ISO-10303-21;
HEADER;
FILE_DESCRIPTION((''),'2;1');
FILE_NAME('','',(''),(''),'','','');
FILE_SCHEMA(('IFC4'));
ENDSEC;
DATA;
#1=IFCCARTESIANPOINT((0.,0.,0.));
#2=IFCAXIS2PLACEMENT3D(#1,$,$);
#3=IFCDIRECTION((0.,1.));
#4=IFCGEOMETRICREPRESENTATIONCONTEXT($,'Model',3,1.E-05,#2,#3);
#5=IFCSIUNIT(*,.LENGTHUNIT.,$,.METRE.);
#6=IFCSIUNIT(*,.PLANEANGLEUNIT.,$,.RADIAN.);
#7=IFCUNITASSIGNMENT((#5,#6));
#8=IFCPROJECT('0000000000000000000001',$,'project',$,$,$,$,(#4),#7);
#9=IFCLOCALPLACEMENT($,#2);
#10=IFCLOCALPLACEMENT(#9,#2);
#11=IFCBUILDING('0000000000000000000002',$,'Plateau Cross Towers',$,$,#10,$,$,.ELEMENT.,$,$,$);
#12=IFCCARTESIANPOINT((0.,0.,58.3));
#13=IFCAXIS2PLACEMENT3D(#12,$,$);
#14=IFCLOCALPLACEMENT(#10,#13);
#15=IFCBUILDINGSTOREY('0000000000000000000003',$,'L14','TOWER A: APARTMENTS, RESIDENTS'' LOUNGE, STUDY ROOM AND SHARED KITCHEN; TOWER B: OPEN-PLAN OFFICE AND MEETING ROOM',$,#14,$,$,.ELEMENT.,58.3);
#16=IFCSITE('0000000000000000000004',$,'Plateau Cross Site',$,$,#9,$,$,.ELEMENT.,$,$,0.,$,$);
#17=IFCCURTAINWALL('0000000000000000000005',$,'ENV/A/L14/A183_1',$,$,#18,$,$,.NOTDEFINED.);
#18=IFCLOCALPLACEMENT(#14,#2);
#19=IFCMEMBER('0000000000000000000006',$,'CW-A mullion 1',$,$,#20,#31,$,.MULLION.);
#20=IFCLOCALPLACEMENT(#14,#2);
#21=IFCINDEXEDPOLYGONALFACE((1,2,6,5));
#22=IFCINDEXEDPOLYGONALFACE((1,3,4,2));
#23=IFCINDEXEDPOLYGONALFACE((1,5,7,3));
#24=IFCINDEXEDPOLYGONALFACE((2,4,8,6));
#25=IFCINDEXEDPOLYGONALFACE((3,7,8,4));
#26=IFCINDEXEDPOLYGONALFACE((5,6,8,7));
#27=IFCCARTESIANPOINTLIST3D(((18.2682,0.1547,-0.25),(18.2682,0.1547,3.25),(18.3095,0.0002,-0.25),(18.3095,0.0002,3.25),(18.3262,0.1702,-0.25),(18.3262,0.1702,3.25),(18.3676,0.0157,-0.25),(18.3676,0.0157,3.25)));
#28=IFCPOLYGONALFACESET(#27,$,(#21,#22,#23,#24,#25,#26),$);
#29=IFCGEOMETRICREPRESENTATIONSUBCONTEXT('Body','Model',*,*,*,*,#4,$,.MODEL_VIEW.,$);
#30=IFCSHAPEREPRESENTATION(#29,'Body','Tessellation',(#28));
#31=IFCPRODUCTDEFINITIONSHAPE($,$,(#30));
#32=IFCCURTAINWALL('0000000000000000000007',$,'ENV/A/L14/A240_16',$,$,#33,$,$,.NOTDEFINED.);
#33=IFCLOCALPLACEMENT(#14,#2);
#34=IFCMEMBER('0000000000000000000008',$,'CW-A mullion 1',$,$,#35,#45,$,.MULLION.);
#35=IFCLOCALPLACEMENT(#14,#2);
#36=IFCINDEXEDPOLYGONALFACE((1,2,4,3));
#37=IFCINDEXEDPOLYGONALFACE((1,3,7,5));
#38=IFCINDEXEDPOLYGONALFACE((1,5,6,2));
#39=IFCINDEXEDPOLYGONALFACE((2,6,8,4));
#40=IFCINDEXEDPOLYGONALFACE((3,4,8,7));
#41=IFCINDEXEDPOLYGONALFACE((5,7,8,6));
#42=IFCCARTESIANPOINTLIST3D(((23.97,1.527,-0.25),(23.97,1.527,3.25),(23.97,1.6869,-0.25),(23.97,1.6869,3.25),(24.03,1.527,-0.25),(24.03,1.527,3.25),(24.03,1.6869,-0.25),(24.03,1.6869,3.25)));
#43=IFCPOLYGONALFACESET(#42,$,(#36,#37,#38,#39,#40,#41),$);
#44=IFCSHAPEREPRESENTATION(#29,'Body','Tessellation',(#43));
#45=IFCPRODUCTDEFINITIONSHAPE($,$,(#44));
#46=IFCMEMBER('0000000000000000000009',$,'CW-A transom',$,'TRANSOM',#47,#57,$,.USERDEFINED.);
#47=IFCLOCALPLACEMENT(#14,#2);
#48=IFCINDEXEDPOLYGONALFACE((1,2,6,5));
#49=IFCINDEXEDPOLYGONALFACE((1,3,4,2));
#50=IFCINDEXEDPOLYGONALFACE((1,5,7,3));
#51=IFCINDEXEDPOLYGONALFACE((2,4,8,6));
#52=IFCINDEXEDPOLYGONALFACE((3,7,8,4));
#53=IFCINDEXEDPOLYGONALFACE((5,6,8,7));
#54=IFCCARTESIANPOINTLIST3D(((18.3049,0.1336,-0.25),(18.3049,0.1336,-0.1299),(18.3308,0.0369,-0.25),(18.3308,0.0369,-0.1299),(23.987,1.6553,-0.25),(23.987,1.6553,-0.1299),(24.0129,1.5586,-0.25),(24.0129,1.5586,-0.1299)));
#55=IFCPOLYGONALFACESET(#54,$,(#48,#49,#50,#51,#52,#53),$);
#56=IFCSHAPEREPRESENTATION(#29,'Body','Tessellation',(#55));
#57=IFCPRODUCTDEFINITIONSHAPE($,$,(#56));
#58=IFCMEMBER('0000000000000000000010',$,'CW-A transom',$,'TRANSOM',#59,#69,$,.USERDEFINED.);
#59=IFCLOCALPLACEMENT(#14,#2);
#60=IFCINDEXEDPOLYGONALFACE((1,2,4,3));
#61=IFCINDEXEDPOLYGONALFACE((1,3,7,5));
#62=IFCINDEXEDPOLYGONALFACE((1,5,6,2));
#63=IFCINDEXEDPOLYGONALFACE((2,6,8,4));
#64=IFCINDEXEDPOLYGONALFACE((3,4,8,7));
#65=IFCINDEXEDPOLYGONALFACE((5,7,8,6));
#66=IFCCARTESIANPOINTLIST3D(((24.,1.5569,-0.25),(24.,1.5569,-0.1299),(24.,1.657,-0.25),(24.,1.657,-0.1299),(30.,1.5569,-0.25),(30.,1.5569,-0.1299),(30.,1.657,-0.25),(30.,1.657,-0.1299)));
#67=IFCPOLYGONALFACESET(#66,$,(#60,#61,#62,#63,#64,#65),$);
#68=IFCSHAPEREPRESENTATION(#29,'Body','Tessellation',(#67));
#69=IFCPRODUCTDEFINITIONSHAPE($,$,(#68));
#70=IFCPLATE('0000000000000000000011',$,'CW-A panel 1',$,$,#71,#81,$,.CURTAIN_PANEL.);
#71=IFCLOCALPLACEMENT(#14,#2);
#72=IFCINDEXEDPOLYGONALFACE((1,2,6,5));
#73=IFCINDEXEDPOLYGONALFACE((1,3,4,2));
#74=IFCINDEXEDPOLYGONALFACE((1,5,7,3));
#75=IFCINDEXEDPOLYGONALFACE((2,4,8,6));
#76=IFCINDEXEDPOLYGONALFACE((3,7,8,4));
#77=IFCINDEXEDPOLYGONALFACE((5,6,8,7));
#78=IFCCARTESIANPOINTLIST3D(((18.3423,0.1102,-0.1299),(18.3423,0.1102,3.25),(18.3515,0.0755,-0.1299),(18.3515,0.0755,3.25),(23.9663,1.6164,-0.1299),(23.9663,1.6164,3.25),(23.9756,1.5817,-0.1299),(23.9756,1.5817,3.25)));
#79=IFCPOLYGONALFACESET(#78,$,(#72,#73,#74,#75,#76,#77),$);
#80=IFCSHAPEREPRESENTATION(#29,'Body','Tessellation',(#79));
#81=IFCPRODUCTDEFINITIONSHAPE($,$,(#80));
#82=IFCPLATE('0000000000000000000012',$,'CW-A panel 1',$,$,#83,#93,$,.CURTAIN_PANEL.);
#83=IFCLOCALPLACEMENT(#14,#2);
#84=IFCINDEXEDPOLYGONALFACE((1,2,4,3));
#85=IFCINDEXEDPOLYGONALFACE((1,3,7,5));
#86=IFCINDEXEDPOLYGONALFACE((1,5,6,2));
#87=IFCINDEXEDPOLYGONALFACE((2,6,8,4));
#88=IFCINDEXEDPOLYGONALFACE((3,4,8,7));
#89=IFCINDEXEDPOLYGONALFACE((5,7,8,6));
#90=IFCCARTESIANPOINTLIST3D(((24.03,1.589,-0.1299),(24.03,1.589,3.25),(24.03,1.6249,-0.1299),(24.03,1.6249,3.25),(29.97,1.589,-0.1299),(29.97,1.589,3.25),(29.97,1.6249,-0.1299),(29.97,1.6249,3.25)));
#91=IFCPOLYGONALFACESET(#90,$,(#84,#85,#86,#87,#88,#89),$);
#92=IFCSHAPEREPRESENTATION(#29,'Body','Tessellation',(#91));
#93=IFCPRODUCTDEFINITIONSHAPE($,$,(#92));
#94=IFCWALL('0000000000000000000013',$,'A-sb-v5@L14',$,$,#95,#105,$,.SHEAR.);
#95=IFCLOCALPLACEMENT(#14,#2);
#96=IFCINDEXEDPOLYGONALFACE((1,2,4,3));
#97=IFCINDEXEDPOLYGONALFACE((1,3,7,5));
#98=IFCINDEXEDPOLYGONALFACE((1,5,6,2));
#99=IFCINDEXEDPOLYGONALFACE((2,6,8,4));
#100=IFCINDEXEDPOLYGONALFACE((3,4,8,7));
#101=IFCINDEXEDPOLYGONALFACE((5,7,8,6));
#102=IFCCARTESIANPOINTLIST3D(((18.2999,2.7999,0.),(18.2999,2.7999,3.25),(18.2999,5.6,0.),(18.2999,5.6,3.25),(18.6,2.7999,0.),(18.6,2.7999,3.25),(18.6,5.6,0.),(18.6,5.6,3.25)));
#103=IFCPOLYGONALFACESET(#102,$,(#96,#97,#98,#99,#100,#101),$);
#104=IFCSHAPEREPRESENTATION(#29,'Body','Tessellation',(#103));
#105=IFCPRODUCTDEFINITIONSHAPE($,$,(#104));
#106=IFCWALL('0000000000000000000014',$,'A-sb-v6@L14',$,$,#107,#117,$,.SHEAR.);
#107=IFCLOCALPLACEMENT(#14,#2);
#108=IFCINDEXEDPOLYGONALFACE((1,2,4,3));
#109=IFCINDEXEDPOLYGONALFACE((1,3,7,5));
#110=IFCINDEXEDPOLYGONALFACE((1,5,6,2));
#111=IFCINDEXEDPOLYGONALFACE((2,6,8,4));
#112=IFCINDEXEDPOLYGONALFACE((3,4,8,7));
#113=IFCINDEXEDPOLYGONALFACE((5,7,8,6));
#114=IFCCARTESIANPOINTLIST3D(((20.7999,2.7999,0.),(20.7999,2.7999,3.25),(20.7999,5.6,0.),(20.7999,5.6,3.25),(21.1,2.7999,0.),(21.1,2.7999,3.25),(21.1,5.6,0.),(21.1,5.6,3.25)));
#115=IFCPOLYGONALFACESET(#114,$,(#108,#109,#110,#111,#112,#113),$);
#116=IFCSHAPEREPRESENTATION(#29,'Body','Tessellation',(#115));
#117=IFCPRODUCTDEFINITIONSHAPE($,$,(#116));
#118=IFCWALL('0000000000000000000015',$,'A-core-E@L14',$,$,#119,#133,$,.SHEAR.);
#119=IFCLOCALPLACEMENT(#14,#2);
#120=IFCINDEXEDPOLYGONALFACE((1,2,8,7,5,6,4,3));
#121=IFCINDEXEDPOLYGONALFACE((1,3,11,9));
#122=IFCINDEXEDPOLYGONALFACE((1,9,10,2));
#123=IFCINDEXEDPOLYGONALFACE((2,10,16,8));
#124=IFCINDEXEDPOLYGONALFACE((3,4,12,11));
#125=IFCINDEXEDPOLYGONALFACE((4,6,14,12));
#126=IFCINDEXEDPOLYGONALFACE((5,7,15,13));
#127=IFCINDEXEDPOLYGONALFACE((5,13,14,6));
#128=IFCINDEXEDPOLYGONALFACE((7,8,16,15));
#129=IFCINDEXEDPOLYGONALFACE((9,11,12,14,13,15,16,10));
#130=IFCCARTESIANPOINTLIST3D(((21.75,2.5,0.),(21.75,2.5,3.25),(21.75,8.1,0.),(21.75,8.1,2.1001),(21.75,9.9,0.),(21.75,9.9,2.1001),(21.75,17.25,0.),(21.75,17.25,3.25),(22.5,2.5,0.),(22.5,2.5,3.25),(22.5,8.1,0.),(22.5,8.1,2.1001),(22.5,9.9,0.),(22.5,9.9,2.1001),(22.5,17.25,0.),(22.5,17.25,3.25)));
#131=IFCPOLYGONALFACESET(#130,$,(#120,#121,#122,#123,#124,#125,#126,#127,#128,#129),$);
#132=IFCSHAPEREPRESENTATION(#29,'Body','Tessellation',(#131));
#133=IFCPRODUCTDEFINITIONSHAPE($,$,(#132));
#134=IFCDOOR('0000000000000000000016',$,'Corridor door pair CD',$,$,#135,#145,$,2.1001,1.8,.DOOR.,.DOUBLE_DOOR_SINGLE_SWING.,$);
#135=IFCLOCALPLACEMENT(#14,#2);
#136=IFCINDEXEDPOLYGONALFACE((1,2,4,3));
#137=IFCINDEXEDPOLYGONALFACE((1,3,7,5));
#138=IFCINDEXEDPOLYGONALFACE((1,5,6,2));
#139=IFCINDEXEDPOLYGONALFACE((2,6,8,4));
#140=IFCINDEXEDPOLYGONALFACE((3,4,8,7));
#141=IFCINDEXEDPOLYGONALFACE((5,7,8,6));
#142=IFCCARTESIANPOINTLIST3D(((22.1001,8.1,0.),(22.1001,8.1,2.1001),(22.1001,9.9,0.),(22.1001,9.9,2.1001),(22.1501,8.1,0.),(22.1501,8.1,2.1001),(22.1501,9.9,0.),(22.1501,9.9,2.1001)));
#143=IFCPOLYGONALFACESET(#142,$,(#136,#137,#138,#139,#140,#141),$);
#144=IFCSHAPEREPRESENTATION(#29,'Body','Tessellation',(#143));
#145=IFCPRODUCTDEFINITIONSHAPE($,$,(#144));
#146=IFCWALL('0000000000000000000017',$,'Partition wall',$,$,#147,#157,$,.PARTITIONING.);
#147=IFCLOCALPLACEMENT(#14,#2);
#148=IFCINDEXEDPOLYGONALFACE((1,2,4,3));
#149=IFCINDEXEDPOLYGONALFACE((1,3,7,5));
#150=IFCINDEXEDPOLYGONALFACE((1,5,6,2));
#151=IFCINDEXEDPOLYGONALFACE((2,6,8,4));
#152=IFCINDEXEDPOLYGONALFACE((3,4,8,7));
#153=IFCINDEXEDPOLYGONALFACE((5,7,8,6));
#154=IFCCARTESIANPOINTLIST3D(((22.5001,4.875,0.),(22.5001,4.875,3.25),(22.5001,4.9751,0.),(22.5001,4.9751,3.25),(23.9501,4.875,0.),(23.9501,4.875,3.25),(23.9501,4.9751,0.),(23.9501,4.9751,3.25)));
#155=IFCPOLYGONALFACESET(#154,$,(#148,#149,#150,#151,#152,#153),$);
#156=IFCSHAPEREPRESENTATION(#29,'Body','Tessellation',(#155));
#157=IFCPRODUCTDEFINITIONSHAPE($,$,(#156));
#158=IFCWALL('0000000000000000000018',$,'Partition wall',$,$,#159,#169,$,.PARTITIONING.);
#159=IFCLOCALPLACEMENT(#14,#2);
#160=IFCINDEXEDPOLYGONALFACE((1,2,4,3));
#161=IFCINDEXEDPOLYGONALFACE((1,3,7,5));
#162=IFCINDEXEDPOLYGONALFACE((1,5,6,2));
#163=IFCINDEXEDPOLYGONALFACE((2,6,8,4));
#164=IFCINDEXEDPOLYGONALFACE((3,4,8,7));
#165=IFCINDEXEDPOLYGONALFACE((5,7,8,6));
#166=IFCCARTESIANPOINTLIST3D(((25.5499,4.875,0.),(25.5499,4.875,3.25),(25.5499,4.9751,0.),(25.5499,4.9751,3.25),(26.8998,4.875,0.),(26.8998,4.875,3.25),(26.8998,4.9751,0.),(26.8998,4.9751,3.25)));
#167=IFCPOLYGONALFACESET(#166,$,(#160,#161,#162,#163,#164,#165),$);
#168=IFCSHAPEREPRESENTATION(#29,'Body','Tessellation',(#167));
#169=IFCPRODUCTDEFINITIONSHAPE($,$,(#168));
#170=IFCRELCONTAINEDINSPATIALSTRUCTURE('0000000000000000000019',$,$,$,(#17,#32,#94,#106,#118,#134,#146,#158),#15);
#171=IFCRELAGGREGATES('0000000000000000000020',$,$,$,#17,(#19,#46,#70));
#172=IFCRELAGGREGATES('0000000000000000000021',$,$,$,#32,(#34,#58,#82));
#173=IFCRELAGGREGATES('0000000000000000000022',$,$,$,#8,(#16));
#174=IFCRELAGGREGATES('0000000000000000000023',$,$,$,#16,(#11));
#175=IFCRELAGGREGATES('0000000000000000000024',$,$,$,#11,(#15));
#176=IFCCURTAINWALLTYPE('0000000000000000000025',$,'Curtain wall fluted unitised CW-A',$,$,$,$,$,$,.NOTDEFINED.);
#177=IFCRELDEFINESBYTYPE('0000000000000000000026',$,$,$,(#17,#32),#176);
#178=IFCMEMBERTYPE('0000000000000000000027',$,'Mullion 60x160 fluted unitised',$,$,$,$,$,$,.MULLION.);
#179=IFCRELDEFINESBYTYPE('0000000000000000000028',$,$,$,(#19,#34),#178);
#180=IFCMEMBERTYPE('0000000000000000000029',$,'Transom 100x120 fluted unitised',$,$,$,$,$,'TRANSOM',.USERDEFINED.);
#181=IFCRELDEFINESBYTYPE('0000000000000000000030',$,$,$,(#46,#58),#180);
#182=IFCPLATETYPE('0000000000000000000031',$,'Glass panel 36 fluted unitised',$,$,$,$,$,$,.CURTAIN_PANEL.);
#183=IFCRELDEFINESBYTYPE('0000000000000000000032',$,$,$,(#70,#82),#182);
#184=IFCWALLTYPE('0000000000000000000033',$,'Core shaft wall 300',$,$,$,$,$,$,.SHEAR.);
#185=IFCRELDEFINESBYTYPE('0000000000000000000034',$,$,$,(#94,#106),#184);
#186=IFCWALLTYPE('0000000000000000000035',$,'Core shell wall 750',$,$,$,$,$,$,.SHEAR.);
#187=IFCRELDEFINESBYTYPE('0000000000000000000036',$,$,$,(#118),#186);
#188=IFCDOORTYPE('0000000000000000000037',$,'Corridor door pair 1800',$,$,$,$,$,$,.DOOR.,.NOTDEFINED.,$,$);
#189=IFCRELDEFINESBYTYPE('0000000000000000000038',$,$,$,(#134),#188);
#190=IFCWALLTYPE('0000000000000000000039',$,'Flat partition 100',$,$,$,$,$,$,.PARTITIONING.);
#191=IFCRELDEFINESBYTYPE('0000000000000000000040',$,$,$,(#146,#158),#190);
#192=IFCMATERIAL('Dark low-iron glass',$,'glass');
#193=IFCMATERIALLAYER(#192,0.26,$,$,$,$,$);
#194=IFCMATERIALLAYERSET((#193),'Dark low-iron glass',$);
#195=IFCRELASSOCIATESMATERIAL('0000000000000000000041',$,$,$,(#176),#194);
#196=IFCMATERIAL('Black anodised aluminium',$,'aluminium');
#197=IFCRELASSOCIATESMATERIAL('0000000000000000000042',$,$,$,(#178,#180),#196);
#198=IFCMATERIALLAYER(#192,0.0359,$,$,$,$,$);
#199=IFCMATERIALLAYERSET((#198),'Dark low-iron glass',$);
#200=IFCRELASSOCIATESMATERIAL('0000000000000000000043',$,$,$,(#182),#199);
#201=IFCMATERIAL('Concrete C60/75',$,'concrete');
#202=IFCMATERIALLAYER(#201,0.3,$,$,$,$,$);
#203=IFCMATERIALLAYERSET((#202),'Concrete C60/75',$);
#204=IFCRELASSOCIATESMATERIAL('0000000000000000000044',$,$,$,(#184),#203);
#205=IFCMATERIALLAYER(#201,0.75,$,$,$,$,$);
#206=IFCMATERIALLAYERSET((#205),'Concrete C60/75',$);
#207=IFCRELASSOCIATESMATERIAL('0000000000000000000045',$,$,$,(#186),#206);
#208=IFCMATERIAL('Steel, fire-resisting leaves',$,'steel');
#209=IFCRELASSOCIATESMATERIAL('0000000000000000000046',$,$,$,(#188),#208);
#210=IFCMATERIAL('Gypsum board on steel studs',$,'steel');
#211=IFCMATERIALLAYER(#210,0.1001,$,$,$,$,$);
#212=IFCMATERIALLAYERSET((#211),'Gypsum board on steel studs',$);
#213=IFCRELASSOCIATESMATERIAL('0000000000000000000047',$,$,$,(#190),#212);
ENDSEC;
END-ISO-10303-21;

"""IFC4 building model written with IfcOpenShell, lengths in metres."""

from ifc_helpers import new_model, si_unit, direction, frame, frame_2d, origin, origin_2d, place, context, subcontext, project, spatial, rectangle, extrude, material, layer, layer_set, material_profile, profile_set, type_object, element, fill, aggregate, save


model = new_model("IFC4")

# Units and contexts
model_context = context("Model", 3, precision=1e-05, world=origin(), true_north=direction((0.0, 1.0)))
body_context = subcontext(model_context, "Body", "Model", "MODEL_VIEW")
ifc_project = project(units=[si_unit("LENGTHUNIT", "METRE"), si_unit("PLANEANGLEUNIT", "RADIAN")], contexts=[model_context])

# Site, building, storey
site_placement = place(None, origin())
site = spatial("IfcSite", under=ifc_project, at=site_placement, Name="Plateau Cross Site", CompositionType="ELEMENT", RefElevation=0.0)
building_placement = place(site_placement, origin())
building = spatial("IfcBuilding", under=site, at=building_placement, Name="Plateau Cross Towers", CompositionType="ELEMENT")
storey_placement = place(building_placement, frame((0.0, 0.0, 58.3)))
storey = spatial("IfcBuildingStorey", under=building, at=storey_placement, Name="L14", Description="TOWER A: APARTMENTS, RESIDENTS' LOUNGE, STUDY ROOM AND SHARED KITCHEN; TOWER B: OPEN-PLAN OFFICE AND MEETING ROOM", CompositionType="ELEMENT", Elevation=58.3)

# Curtain walls, members
ifc_material_1 = material(Name="Dark low-iron glass", Category="glass")
ifc_layer_1 = layer(ifc_material_1, 0.26)
ifc_layer_set_1 = layer_set([ifc_layer_1], Name="Dark low-iron glass")
curtain_wall_type = type_object("IfcCurtainWallType", Name="Curtain wall fluted unitised CW-A", PredefinedType="NOTDEFINED", material=ifc_layer_set_1)
curtain_wall_1_placement = place(storey_placement, origin())
curtain_wall_1 = element("IfcCurtainWall", 1, at=curtain_wall_1_placement, inside=storey, type_object=curtain_wall_type, Name="ENV/A/L14/A183_1", PredefinedType="NOTDEFINED")
ifc_material_2 = material(Name="Black anodised aluminium", Category="aluminium")
ifc_material_profile_1 = material_profile(ifc_material_2, rectangle(XDim=0.0601, YDim=0.1599, at=origin_2d()), Name="MULLION 60x160")
ifc_profile_set_1 = profile_set([ifc_material_profile_1], Name="Black anodised aluminium")
member_type_1 = type_object("IfcMemberType", Name="Mullion 60x160 fluted unitised", PredefinedType="MULLION", material=ifc_profile_set_1)
member_1_placement = place(storey_placement, frame((18.3179, 0.0852, -0.25), z_axis=(0.0, 0.0, 1.0), x_axis=(0.965958, 0.258699, 0.0)))
member_1 = element("IfcMember", 2, at=member_1_placement, type_object=member_type_1, Name="CW-A mullion 1", PredefinedType="MULLION", context=body_context, shape_type="SweptSolid", body=[
    extrude(rectangle(XDim=0.0601, YDim=0.1599, at=origin_2d()), origin(), (0.0, 0.0, 1.0), 3.5),
])
curtain_wall_2_placement = place(storey_placement, origin())
curtain_wall_2 = element("IfcCurtainWall", 3, at=curtain_wall_2_placement, inside=storey, type_object=curtain_wall_type, Name="ENV/A/L14/A240_16", PredefinedType="NOTDEFINED")
member_2_placement = place(storey_placement, frame((24.0, 1.6069, -0.25), z_axis=(0.0, 0.0, 1.0), x_axis=(1.0, 0.0, 0.0)))
member_2 = element("IfcMember", 4, at=member_2_placement, type_object=member_type_1, Name="CW-A mullion 1", PredefinedType="MULLION", context=body_context, shape_type="SweptSolid", body=[
    extrude(rectangle(XDim=0.0601, YDim=0.1599, at=origin_2d()), origin(), (0.0, 0.0, 1.0), 3.5),
])

# Members
ifc_material_profile_2 = material_profile(ifc_material_2, rectangle(XDim=0.1001, YDim=0.1201, at=origin_2d()), Name="TRANSOM 100x120")
ifc_profile_set_2 = profile_set([ifc_material_profile_2], Name="Black anodised aluminium")
member_type_2 = type_object("IfcMemberType", Name="Transom 100x120 fluted unitised", ElementType="TRANSOM", PredefinedType="USERDEFINED", material=ifc_profile_set_2)
member_3_placement = place(storey_placement, frame((18.3179, 0.0852, -0.1899), z_axis=(0.96596, 0.258693, 0.0), x_axis=(-0.258693, 0.96596, 0.0)))
member_3 = element("IfcMember", 5, at=member_3_placement, type_object=member_type_2, Name="CW-A transom", ObjectType="TRANSOM", PredefinedType="USERDEFINED", context=body_context, shape_type="SweptSolid", body=[
    extrude(rectangle(XDim=0.1001, YDim=0.1201, at=origin_2d()), origin(), (0.0, 0.0, 1.0), 5.8823),
])
member_4_placement = place(storey_placement, frame((24.0, 1.6069, -0.1899), z_axis=(1.0, 0.0, 0.0), x_axis=(0.0, 1.0, 0.0)))
member_4 = element("IfcMember", 6, at=member_4_placement, type_object=member_type_2, Name="CW-A transom", ObjectType="TRANSOM", PredefinedType="USERDEFINED", context=body_context, shape_type="SweptSolid", body=[
    extrude(rectangle(XDim=0.1001, YDim=0.1201, at=origin_2d()), origin(), (0.0, 0.0, 1.0), 6.0),
])

# Plates
ifc_layer_2 = layer(ifc_material_1, 0.0359)
ifc_layer_set_2 = layer_set([ifc_layer_2], Name="Dark low-iron glass")
plate_type = type_object("IfcPlateType", Name="Glass panel 36 fluted unitised", PredefinedType="CURTAIN_PANEL", material=ifc_layer_set_2)
plate_1_placement = place(storey_placement, frame((21.1589, 0.8459, -0.1299), z_axis=(0.0, 0.0, 1.0), x_axis=(0.965958, 0.258699, 0.0)))
plate_1 = element("IfcPlate", 7, at=plate_1_placement, type_object=plate_type, Name="CW-A panel 1", PredefinedType="CURTAIN_PANEL", context=body_context, shape_type="SweptSolid", body=[
    extrude(rectangle(XDim=5.8223, YDim=0.0359, at=origin_2d()), origin(), (0.0, 0.0, 1.0), 3.3799),
])
aggregate(curtain_wall_1, [member_1, member_3, plate_1])
plate_2_placement = place(storey_placement, frame((27.0, 1.6069, -0.1299), z_axis=(0.0, 0.0, 1.0), x_axis=(1.0, 0.0, 0.0)))
plate_2 = element("IfcPlate", 8, at=plate_2_placement, type_object=plate_type, Name="CW-A panel 1", PredefinedType="CURTAIN_PANEL", context=body_context, shape_type="SweptSolid", body=[
    extrude(rectangle(XDim=5.9399, YDim=0.0359, at=origin_2d()), origin(), (0.0, 0.0, 1.0), 3.3799),
])
aggregate(curtain_wall_2, [member_2, member_4, plate_2])

# Walls
ifc_material_3 = material(Name="Concrete C60/75", Category="concrete")
ifc_layer_3 = layer(ifc_material_3, 0.3)
ifc_layer_set_3 = layer_set([ifc_layer_3], Name="Concrete C60/75")
wall_type_1 = type_object("IfcWallType", Name="Core shaft wall 300", PredefinedType="SHEAR", material=ifc_layer_set_3)
for number, where, z_axis, x_axis, name in (
    (9, (18.45, 2.8, 0.0), (0.0, 0.0, 1.0), (0.0, 1.0, 0.0), "A-sb-v5@L14"),
    (10, (20.95, 2.8, 0.0), (0.0, 0.0, 1.0), (0.0, 1.0, 0.0), "A-sb-v6@L14"),
):
    element("IfcWall", number, at=place(storey_placement, frame(where, z_axis=z_axis, x_axis=x_axis)), inside=storey, type_object=wall_type_1, Name=name, PredefinedType="SHEAR", context=body_context, shape_type="SweptSolid", body=[
        extrude(rectangle(XDim=2.8, YDim=0.3, at=frame_2d((1.3999, 0.0))), origin(), (0.0, 0.0, 1.0), 3.25),
    ])

# Wall, opening, door
ifc_layer_4 = layer(ifc_material_3, 0.75)
ifc_layer_set_4 = layer_set([ifc_layer_4], Name="Concrete C60/75")
wall_type_2 = type_object("IfcWallType", Name="Core shell wall 750", PredefinedType="SHEAR", material=ifc_layer_set_4)
wall_1_placement = place(storey_placement, frame((22.125, 2.5, 0.0), z_axis=(0.0, 0.0, 1.0), x_axis=(0.0, 1.0, 0.0)))
wall_1 = element("IfcWall", 11, at=wall_1_placement, inside=storey, type_object=wall_type_2, Name="A-core-E@L14", PredefinedType="SHEAR", context=body_context, shape_type="SweptSolid", body=[
    extrude(rectangle(XDim=14.75, YDim=0.75, at=frame_2d((7.375, 0.0))), origin(), (0.0, 0.0, 1.0), 3.25),
])
opening_1_placement = place(wall_1_placement, frame((5.6001, 0.0, 0.0)))
opening_1 = element("IfcOpeningElement", 12, at=opening_1_placement, cuts=wall_1, PredefinedType="OPENING", context=body_context, shape_type="SweptSolid", body=[
    extrude(rectangle(XDim=1.8, YDim=2.1001, at=frame_2d((0.8999, 1.05))), frame((0.0, 0.385, 0.0), z_axis=(0.0, -1.0, 0.0), x_axis=(1.0, 0.0, 0.0)), (0.0, 0.0, 1.0), 0.77),
])
ifc_material_4 = material(Name="Steel, fire-resisting leaves", Category="steel")
door_type_1 = type_object("IfcDoorType", Name="Corridor door pair 1800", OperationType="NOTDEFINED", PredefinedType="DOOR", material=ifc_material_4)
door_1_placement = place(opening_1_placement, origin())
door_1 = element("IfcDoor", 13, at=door_1_placement, inside=storey, type_object=door_type_1, Name="Corridor door pair CD", OperationType="DOUBLE_DOOR_SINGLE_SWING", OverallHeight=2.1001, OverallWidth=1.8, PredefinedType="DOOR", context=body_context, shape_type="SweptSolid", body=[
    extrude(rectangle(XDim=1.8, YDim=2.1001, at=frame_2d((0.8999, 1.05))), frame((0.0, 0.0249, 0.0), z_axis=(0.0, -1.0, 0.0), x_axis=(1.0, 0.0, 0.0)), (0.0, 0.0, 1.0), 0.05),
])
fill(opening_1, door_1)

# Walls
ifc_material_5 = material(Name="Gypsum board on steel studs", Category="steel")
ifc_layer_5 = layer(ifc_material_5, 0.1001)
ifc_layer_set_5 = layer_set([ifc_layer_5], Name="Gypsum board on steel studs")
wall_type_3 = type_object("IfcWallType", Name="Flat partition 100", PredefinedType="PARTITIONING", material=ifc_layer_set_5)
wall_2_placement = place(storey_placement, frame((22.5, 4.925, 0.0), z_axis=(0.0, 0.0, 1.0), x_axis=(1.0, 0.0, 0.0)))
element("IfcWall", 14, at=wall_2_placement, inside=storey, type_object=wall_type_3, Name="Partition wall", PredefinedType="PARTITIONING", context=body_context, shape_type="SweptSolid", body=[
    extrude(rectangle(XDim=1.45, YDim=0.1001, at=frame_2d((0.7251, 0.0))), origin(), (0.0, 0.0, 1.0), 3.25),
])
wall_3_placement = place(storey_placement, frame((25.55, 4.925, 0.0), z_axis=(0.0, 0.0, 1.0), x_axis=(1.0, 0.0, 0.0)))
element("IfcWall", 15, at=wall_3_placement, inside=storey, type_object=wall_type_3, Name="Partition wall", PredefinedType="PARTITIONING", context=body_context, shape_type="SweptSolid", body=[
    extrude(rectangle(XDim=1.3499, YDim=0.1001, at=frame_2d((0.6748, 0.0))), origin(), (0.0, 0.0, 1.0), 3.25),
])

save(model, "model.ifc")
